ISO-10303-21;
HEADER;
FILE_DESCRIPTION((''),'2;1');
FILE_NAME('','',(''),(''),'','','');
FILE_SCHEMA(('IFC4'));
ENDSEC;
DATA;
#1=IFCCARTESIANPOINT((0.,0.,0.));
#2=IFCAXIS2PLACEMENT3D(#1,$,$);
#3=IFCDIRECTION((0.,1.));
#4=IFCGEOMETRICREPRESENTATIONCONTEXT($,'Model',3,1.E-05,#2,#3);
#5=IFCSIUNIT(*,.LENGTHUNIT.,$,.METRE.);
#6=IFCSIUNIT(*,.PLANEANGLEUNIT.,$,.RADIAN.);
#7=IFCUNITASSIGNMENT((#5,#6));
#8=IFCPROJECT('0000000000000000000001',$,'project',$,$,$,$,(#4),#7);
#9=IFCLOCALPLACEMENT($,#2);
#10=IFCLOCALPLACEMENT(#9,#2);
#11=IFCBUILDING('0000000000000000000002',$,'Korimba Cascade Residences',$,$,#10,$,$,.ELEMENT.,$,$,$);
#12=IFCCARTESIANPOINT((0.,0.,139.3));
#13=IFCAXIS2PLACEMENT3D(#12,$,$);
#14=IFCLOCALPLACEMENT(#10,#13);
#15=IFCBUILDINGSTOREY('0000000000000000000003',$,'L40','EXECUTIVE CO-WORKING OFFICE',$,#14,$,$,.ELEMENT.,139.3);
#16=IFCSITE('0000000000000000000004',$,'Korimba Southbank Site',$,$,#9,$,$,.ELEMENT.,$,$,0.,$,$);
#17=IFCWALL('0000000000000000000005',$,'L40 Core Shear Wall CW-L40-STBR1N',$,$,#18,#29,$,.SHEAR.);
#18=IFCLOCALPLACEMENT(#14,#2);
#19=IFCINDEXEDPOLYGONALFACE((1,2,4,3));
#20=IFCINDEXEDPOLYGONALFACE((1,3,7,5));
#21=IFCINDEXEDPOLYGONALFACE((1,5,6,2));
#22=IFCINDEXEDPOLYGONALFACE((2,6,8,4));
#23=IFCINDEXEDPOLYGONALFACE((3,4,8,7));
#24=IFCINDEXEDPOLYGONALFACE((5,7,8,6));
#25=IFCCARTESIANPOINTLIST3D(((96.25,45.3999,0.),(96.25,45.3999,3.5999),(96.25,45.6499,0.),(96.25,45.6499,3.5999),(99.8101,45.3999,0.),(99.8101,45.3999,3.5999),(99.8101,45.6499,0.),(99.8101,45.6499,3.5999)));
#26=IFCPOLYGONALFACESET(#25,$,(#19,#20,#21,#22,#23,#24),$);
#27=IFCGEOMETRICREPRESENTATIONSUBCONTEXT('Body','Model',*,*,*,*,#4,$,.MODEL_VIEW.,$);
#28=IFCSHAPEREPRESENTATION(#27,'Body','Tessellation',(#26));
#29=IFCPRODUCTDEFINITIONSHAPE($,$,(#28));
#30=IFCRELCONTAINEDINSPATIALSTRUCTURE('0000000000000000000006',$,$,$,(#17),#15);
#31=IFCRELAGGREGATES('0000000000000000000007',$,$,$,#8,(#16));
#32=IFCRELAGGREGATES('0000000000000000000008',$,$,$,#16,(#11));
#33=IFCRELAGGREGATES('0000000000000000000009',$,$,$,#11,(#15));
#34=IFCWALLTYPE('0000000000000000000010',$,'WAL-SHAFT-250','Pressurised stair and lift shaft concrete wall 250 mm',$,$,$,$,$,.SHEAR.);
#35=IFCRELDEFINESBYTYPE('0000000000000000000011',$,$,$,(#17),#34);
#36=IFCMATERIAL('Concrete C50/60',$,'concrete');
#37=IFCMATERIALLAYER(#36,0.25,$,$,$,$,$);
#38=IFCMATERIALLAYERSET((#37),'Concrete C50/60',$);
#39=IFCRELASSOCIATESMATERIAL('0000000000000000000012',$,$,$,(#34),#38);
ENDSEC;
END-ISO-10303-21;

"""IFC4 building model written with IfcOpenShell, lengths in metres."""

from ifc_helpers import new_model, si_unit, direction, frame, frame_2d, origin, place, context, subcontext, project, spatial, rectangle, extrude, material, layer, layer_set, type_object, element, save


model = new_model("IFC4")

# Units and contexts
model_context = context("Model", 3, precision=1e-05, world=origin(), true_north=direction((0.0, 1.0)))
body_context = subcontext(model_context, "Body", "Model", "MODEL_VIEW")
ifc_project = project(units=[si_unit("LENGTHUNIT", "METRE"), si_unit("PLANEANGLEUNIT", "RADIAN")], contexts=[model_context])

# Site, building, storey
site_placement = place(None, origin())
site = spatial("IfcSite", under=ifc_project, at=site_placement, Name="Korimba Southbank Site", CompositionType="ELEMENT", RefElevation=0.0)
building_placement = place(site_placement, origin())
building = spatial("IfcBuilding", under=site, at=building_placement, Name="Korimba Cascade Residences", CompositionType="ELEMENT")
storey_placement = place(building_placement, frame((0.0, 0.0, 139.3)))
storey = spatial("IfcBuildingStorey", under=building, at=storey_placement, Name="L40", Description="EXECUTIVE CO-WORKING OFFICE", CompositionType="ELEMENT", Elevation=139.3)

# Wall
ifc_material_1 = material(Name="Concrete C50/60", Category="concrete")
ifc_layer_1 = layer(ifc_material_1, 0.25)
ifc_layer_set_1 = layer_set([ifc_layer_1], Name="Concrete C50/60")
wall_type_1 = type_object("IfcWallType", Name="WAL-SHAFT-250", Description="Pressurised stair and lift shaft concrete wall 250 mm", PredefinedType="SHEAR", material=ifc_layer_set_1)
wall_1_placement = place(storey_placement, frame((96.25, 45.5249, 0.0), z_axis=(0.0, 0.0, 1.0), x_axis=(1.0, 0.0, 0.0)))
element("IfcWall", 1, at=wall_1_placement, inside=storey, type_object=wall_type_1, Name="L40 Core Shear Wall CW-L40-STBR1N", PredefinedType="SHEAR", context=body_context, shape_type="SweptSolid", body=[
    extrude(rectangle(XDim=3.5601, YDim=0.25, at=frame_2d((1.78, 0.0))), origin(), (0.0, 0.0, 1.0), 3.5999),
])

save(model, "model.ifc")
